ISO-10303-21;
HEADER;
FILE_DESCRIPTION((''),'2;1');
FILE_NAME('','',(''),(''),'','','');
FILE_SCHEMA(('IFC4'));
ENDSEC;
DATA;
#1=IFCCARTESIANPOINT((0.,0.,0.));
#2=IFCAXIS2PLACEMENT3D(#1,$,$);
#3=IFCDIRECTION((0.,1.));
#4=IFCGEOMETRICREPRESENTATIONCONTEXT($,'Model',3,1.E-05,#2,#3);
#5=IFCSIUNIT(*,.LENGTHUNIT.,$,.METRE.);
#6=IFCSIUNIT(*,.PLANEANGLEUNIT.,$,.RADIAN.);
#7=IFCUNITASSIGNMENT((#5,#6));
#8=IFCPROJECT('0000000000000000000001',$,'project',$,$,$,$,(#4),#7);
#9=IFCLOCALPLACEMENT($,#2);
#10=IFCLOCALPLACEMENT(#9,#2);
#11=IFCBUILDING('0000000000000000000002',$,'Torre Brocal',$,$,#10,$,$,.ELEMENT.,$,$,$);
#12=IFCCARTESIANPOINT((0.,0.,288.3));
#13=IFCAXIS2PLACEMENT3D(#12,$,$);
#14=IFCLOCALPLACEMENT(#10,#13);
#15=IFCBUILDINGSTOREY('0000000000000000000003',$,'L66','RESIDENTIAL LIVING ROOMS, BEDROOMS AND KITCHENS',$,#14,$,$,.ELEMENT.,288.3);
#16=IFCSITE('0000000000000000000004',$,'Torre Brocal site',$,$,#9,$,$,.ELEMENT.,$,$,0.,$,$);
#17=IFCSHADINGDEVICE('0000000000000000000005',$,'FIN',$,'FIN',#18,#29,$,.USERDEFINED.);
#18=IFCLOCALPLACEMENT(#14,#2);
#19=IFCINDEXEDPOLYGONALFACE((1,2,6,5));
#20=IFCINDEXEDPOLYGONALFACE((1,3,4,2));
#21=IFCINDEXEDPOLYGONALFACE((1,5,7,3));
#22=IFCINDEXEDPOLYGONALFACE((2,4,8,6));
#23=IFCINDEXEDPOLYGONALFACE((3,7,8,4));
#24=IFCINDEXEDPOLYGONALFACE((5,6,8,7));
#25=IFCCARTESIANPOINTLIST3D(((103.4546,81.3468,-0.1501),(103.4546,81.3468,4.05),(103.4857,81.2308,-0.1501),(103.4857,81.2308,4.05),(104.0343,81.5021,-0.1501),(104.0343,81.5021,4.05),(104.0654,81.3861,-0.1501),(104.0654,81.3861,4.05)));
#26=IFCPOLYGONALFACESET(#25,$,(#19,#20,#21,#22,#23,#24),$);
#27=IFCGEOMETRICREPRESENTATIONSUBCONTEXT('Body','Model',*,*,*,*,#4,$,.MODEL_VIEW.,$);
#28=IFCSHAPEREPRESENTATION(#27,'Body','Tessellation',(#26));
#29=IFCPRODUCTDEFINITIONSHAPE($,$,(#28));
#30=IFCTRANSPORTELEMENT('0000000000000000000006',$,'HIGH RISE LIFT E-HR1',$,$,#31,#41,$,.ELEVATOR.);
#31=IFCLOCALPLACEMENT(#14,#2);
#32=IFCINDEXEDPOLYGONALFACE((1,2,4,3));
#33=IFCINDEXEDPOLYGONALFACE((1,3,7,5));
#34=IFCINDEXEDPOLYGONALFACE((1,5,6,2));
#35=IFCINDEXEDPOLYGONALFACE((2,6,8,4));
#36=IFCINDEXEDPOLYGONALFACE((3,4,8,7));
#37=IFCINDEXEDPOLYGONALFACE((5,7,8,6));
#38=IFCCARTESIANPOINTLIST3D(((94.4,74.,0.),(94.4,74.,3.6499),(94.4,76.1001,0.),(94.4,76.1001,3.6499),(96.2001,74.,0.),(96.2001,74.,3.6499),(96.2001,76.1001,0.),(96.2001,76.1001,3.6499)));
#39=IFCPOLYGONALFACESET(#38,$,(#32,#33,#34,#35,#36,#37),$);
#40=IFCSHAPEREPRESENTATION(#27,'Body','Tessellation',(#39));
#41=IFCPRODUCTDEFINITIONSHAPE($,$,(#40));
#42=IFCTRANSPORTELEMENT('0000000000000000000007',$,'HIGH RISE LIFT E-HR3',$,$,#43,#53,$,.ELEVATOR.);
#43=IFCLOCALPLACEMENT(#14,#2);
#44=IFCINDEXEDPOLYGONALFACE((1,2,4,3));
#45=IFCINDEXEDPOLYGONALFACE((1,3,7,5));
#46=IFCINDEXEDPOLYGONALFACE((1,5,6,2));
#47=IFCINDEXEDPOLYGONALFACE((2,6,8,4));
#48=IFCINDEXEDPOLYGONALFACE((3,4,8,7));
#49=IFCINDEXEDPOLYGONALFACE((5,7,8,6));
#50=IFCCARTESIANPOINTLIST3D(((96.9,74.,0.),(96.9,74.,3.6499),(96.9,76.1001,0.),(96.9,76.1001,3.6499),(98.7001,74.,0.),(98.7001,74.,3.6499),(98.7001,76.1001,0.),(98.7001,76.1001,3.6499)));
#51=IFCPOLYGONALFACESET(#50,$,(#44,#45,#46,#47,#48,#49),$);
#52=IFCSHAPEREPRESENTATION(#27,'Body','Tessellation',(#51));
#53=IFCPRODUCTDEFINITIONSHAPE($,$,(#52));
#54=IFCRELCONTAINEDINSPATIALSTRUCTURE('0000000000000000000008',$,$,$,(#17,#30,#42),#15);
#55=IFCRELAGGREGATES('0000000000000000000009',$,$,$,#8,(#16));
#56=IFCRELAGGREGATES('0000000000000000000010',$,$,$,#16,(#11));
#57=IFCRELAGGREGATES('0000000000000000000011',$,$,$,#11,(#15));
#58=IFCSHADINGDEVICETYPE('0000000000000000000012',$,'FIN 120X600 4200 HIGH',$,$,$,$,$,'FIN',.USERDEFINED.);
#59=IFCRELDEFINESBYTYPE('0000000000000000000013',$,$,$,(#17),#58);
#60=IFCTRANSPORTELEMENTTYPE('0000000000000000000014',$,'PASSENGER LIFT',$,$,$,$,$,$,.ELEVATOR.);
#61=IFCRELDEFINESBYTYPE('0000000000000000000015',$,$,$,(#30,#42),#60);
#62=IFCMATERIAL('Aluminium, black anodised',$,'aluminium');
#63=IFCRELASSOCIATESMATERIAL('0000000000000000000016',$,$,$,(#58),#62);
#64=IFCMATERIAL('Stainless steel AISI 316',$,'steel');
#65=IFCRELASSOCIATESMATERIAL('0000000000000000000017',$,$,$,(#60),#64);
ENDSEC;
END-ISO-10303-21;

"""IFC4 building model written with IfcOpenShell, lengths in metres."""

from ifc_helpers import new_model, si_unit, direction, frame, origin, origin_2d, place, context, subcontext, project, spatial, rectangle, extrude, material, material_profile, profile_set, type_object, element, save


model = new_model("IFC4")

# Units and contexts
model_context = context("Model", 3, precision=1e-05, world=origin(), true_north=direction((0.0, 1.0)))
body_context = subcontext(model_context, "Body", "Model", "MODEL_VIEW")
ifc_project = project(units=[si_unit("LENGTHUNIT", "METRE"), si_unit("PLANEANGLEUNIT", "RADIAN")], contexts=[model_context])

# Site, building, storey
site_placement = place(None, origin())
site = spatial("IfcSite", under=ifc_project, at=site_placement, Name="Torre Brocal site", CompositionType="ELEMENT", RefElevation=0.0)
building_placement = place(site_placement, origin())
building = spatial("IfcBuilding", under=site, at=building_placement, Name="Torre Brocal", CompositionType="ELEMENT")
storey_placement = place(building_placement, frame((0.0, 0.0, 288.3)))
storey = spatial("IfcBuildingStorey", under=building, at=storey_placement, Name="L66", Description="RESIDENTIAL LIVING ROOMS, BEDROOMS AND KITCHENS", CompositionType="ELEMENT", Elevation=288.3)

# Shading device
ifc_material_1 = material(Name="Aluminium, black anodised", Category="aluminium")
ifc_material_profile_1 = material_profile(ifc_material_1, rectangle(XDim=0.1201, YDim=0.6001, at=origin_2d()), Name="FIN 120X600 4200 HIGH")
ifc_profile_set_1 = profile_set([ifc_material_profile_1], Name="Aluminium, black anodised")
shading_device_type = type_object("IfcShadingDeviceType", Name="FIN 120X600 4200 HIGH", ElementType="FIN", PredefinedType="USERDEFINED", material=ifc_profile_set_1)
shading_device_placement = place(storey_placement, frame((103.76, 81.3665, -0.1501), z_axis=(0.0, 0.0, 1.0), x_axis=(-0.258819, 0.965926, 0.0)))
element("IfcShadingDevice", 1, at=shading_device_placement, inside=storey, type_object=shading_device_type, Name="FIN", ObjectType="FIN", PredefinedType="USERDEFINED", context=body_context, shape_type="SweptSolid", body=[
    extrude(rectangle(XDim=0.1201, YDim=0.6001, at=origin_2d()), origin(), (0.0, 0.0, 1.0), 4.2002),
])

# Transport elements
ifc_material_2 = material(Name="Stainless steel AISI 316", Category="steel")
transport_element_type = type_object("IfcTransportElementType", Name="PASSENGER LIFT", PredefinedType="ELEVATOR", material=ifc_material_2)
for number, where, z_axis, x_axis, name in (
    (2, (95.3, 75.05, 0.0), (0.0, 0.0, 1.0), (1.0, 0.0, 0.0), "HIGH RISE LIFT E-HR1"),
    (3, (97.8, 75.05, 0.0), (0.0, 0.0, 1.0), (1.0, 0.0, 0.0), "HIGH RISE LIFT E-HR3"),
):
    element("IfcTransportElement", number, at=place(storey_placement, frame(where, z_axis=z_axis, x_axis=x_axis)), inside=storey, type_object=transport_element_type, Name=name, PredefinedType="ELEVATOR", context=body_context, shape_type="SweptSolid", body=[
        extrude(rectangle(XDim=1.8, YDim=2.1001, at=origin_2d()), origin(), (0.0, 0.0, 1.0), 3.6499),
    ])

save(model, "model.ifc")
